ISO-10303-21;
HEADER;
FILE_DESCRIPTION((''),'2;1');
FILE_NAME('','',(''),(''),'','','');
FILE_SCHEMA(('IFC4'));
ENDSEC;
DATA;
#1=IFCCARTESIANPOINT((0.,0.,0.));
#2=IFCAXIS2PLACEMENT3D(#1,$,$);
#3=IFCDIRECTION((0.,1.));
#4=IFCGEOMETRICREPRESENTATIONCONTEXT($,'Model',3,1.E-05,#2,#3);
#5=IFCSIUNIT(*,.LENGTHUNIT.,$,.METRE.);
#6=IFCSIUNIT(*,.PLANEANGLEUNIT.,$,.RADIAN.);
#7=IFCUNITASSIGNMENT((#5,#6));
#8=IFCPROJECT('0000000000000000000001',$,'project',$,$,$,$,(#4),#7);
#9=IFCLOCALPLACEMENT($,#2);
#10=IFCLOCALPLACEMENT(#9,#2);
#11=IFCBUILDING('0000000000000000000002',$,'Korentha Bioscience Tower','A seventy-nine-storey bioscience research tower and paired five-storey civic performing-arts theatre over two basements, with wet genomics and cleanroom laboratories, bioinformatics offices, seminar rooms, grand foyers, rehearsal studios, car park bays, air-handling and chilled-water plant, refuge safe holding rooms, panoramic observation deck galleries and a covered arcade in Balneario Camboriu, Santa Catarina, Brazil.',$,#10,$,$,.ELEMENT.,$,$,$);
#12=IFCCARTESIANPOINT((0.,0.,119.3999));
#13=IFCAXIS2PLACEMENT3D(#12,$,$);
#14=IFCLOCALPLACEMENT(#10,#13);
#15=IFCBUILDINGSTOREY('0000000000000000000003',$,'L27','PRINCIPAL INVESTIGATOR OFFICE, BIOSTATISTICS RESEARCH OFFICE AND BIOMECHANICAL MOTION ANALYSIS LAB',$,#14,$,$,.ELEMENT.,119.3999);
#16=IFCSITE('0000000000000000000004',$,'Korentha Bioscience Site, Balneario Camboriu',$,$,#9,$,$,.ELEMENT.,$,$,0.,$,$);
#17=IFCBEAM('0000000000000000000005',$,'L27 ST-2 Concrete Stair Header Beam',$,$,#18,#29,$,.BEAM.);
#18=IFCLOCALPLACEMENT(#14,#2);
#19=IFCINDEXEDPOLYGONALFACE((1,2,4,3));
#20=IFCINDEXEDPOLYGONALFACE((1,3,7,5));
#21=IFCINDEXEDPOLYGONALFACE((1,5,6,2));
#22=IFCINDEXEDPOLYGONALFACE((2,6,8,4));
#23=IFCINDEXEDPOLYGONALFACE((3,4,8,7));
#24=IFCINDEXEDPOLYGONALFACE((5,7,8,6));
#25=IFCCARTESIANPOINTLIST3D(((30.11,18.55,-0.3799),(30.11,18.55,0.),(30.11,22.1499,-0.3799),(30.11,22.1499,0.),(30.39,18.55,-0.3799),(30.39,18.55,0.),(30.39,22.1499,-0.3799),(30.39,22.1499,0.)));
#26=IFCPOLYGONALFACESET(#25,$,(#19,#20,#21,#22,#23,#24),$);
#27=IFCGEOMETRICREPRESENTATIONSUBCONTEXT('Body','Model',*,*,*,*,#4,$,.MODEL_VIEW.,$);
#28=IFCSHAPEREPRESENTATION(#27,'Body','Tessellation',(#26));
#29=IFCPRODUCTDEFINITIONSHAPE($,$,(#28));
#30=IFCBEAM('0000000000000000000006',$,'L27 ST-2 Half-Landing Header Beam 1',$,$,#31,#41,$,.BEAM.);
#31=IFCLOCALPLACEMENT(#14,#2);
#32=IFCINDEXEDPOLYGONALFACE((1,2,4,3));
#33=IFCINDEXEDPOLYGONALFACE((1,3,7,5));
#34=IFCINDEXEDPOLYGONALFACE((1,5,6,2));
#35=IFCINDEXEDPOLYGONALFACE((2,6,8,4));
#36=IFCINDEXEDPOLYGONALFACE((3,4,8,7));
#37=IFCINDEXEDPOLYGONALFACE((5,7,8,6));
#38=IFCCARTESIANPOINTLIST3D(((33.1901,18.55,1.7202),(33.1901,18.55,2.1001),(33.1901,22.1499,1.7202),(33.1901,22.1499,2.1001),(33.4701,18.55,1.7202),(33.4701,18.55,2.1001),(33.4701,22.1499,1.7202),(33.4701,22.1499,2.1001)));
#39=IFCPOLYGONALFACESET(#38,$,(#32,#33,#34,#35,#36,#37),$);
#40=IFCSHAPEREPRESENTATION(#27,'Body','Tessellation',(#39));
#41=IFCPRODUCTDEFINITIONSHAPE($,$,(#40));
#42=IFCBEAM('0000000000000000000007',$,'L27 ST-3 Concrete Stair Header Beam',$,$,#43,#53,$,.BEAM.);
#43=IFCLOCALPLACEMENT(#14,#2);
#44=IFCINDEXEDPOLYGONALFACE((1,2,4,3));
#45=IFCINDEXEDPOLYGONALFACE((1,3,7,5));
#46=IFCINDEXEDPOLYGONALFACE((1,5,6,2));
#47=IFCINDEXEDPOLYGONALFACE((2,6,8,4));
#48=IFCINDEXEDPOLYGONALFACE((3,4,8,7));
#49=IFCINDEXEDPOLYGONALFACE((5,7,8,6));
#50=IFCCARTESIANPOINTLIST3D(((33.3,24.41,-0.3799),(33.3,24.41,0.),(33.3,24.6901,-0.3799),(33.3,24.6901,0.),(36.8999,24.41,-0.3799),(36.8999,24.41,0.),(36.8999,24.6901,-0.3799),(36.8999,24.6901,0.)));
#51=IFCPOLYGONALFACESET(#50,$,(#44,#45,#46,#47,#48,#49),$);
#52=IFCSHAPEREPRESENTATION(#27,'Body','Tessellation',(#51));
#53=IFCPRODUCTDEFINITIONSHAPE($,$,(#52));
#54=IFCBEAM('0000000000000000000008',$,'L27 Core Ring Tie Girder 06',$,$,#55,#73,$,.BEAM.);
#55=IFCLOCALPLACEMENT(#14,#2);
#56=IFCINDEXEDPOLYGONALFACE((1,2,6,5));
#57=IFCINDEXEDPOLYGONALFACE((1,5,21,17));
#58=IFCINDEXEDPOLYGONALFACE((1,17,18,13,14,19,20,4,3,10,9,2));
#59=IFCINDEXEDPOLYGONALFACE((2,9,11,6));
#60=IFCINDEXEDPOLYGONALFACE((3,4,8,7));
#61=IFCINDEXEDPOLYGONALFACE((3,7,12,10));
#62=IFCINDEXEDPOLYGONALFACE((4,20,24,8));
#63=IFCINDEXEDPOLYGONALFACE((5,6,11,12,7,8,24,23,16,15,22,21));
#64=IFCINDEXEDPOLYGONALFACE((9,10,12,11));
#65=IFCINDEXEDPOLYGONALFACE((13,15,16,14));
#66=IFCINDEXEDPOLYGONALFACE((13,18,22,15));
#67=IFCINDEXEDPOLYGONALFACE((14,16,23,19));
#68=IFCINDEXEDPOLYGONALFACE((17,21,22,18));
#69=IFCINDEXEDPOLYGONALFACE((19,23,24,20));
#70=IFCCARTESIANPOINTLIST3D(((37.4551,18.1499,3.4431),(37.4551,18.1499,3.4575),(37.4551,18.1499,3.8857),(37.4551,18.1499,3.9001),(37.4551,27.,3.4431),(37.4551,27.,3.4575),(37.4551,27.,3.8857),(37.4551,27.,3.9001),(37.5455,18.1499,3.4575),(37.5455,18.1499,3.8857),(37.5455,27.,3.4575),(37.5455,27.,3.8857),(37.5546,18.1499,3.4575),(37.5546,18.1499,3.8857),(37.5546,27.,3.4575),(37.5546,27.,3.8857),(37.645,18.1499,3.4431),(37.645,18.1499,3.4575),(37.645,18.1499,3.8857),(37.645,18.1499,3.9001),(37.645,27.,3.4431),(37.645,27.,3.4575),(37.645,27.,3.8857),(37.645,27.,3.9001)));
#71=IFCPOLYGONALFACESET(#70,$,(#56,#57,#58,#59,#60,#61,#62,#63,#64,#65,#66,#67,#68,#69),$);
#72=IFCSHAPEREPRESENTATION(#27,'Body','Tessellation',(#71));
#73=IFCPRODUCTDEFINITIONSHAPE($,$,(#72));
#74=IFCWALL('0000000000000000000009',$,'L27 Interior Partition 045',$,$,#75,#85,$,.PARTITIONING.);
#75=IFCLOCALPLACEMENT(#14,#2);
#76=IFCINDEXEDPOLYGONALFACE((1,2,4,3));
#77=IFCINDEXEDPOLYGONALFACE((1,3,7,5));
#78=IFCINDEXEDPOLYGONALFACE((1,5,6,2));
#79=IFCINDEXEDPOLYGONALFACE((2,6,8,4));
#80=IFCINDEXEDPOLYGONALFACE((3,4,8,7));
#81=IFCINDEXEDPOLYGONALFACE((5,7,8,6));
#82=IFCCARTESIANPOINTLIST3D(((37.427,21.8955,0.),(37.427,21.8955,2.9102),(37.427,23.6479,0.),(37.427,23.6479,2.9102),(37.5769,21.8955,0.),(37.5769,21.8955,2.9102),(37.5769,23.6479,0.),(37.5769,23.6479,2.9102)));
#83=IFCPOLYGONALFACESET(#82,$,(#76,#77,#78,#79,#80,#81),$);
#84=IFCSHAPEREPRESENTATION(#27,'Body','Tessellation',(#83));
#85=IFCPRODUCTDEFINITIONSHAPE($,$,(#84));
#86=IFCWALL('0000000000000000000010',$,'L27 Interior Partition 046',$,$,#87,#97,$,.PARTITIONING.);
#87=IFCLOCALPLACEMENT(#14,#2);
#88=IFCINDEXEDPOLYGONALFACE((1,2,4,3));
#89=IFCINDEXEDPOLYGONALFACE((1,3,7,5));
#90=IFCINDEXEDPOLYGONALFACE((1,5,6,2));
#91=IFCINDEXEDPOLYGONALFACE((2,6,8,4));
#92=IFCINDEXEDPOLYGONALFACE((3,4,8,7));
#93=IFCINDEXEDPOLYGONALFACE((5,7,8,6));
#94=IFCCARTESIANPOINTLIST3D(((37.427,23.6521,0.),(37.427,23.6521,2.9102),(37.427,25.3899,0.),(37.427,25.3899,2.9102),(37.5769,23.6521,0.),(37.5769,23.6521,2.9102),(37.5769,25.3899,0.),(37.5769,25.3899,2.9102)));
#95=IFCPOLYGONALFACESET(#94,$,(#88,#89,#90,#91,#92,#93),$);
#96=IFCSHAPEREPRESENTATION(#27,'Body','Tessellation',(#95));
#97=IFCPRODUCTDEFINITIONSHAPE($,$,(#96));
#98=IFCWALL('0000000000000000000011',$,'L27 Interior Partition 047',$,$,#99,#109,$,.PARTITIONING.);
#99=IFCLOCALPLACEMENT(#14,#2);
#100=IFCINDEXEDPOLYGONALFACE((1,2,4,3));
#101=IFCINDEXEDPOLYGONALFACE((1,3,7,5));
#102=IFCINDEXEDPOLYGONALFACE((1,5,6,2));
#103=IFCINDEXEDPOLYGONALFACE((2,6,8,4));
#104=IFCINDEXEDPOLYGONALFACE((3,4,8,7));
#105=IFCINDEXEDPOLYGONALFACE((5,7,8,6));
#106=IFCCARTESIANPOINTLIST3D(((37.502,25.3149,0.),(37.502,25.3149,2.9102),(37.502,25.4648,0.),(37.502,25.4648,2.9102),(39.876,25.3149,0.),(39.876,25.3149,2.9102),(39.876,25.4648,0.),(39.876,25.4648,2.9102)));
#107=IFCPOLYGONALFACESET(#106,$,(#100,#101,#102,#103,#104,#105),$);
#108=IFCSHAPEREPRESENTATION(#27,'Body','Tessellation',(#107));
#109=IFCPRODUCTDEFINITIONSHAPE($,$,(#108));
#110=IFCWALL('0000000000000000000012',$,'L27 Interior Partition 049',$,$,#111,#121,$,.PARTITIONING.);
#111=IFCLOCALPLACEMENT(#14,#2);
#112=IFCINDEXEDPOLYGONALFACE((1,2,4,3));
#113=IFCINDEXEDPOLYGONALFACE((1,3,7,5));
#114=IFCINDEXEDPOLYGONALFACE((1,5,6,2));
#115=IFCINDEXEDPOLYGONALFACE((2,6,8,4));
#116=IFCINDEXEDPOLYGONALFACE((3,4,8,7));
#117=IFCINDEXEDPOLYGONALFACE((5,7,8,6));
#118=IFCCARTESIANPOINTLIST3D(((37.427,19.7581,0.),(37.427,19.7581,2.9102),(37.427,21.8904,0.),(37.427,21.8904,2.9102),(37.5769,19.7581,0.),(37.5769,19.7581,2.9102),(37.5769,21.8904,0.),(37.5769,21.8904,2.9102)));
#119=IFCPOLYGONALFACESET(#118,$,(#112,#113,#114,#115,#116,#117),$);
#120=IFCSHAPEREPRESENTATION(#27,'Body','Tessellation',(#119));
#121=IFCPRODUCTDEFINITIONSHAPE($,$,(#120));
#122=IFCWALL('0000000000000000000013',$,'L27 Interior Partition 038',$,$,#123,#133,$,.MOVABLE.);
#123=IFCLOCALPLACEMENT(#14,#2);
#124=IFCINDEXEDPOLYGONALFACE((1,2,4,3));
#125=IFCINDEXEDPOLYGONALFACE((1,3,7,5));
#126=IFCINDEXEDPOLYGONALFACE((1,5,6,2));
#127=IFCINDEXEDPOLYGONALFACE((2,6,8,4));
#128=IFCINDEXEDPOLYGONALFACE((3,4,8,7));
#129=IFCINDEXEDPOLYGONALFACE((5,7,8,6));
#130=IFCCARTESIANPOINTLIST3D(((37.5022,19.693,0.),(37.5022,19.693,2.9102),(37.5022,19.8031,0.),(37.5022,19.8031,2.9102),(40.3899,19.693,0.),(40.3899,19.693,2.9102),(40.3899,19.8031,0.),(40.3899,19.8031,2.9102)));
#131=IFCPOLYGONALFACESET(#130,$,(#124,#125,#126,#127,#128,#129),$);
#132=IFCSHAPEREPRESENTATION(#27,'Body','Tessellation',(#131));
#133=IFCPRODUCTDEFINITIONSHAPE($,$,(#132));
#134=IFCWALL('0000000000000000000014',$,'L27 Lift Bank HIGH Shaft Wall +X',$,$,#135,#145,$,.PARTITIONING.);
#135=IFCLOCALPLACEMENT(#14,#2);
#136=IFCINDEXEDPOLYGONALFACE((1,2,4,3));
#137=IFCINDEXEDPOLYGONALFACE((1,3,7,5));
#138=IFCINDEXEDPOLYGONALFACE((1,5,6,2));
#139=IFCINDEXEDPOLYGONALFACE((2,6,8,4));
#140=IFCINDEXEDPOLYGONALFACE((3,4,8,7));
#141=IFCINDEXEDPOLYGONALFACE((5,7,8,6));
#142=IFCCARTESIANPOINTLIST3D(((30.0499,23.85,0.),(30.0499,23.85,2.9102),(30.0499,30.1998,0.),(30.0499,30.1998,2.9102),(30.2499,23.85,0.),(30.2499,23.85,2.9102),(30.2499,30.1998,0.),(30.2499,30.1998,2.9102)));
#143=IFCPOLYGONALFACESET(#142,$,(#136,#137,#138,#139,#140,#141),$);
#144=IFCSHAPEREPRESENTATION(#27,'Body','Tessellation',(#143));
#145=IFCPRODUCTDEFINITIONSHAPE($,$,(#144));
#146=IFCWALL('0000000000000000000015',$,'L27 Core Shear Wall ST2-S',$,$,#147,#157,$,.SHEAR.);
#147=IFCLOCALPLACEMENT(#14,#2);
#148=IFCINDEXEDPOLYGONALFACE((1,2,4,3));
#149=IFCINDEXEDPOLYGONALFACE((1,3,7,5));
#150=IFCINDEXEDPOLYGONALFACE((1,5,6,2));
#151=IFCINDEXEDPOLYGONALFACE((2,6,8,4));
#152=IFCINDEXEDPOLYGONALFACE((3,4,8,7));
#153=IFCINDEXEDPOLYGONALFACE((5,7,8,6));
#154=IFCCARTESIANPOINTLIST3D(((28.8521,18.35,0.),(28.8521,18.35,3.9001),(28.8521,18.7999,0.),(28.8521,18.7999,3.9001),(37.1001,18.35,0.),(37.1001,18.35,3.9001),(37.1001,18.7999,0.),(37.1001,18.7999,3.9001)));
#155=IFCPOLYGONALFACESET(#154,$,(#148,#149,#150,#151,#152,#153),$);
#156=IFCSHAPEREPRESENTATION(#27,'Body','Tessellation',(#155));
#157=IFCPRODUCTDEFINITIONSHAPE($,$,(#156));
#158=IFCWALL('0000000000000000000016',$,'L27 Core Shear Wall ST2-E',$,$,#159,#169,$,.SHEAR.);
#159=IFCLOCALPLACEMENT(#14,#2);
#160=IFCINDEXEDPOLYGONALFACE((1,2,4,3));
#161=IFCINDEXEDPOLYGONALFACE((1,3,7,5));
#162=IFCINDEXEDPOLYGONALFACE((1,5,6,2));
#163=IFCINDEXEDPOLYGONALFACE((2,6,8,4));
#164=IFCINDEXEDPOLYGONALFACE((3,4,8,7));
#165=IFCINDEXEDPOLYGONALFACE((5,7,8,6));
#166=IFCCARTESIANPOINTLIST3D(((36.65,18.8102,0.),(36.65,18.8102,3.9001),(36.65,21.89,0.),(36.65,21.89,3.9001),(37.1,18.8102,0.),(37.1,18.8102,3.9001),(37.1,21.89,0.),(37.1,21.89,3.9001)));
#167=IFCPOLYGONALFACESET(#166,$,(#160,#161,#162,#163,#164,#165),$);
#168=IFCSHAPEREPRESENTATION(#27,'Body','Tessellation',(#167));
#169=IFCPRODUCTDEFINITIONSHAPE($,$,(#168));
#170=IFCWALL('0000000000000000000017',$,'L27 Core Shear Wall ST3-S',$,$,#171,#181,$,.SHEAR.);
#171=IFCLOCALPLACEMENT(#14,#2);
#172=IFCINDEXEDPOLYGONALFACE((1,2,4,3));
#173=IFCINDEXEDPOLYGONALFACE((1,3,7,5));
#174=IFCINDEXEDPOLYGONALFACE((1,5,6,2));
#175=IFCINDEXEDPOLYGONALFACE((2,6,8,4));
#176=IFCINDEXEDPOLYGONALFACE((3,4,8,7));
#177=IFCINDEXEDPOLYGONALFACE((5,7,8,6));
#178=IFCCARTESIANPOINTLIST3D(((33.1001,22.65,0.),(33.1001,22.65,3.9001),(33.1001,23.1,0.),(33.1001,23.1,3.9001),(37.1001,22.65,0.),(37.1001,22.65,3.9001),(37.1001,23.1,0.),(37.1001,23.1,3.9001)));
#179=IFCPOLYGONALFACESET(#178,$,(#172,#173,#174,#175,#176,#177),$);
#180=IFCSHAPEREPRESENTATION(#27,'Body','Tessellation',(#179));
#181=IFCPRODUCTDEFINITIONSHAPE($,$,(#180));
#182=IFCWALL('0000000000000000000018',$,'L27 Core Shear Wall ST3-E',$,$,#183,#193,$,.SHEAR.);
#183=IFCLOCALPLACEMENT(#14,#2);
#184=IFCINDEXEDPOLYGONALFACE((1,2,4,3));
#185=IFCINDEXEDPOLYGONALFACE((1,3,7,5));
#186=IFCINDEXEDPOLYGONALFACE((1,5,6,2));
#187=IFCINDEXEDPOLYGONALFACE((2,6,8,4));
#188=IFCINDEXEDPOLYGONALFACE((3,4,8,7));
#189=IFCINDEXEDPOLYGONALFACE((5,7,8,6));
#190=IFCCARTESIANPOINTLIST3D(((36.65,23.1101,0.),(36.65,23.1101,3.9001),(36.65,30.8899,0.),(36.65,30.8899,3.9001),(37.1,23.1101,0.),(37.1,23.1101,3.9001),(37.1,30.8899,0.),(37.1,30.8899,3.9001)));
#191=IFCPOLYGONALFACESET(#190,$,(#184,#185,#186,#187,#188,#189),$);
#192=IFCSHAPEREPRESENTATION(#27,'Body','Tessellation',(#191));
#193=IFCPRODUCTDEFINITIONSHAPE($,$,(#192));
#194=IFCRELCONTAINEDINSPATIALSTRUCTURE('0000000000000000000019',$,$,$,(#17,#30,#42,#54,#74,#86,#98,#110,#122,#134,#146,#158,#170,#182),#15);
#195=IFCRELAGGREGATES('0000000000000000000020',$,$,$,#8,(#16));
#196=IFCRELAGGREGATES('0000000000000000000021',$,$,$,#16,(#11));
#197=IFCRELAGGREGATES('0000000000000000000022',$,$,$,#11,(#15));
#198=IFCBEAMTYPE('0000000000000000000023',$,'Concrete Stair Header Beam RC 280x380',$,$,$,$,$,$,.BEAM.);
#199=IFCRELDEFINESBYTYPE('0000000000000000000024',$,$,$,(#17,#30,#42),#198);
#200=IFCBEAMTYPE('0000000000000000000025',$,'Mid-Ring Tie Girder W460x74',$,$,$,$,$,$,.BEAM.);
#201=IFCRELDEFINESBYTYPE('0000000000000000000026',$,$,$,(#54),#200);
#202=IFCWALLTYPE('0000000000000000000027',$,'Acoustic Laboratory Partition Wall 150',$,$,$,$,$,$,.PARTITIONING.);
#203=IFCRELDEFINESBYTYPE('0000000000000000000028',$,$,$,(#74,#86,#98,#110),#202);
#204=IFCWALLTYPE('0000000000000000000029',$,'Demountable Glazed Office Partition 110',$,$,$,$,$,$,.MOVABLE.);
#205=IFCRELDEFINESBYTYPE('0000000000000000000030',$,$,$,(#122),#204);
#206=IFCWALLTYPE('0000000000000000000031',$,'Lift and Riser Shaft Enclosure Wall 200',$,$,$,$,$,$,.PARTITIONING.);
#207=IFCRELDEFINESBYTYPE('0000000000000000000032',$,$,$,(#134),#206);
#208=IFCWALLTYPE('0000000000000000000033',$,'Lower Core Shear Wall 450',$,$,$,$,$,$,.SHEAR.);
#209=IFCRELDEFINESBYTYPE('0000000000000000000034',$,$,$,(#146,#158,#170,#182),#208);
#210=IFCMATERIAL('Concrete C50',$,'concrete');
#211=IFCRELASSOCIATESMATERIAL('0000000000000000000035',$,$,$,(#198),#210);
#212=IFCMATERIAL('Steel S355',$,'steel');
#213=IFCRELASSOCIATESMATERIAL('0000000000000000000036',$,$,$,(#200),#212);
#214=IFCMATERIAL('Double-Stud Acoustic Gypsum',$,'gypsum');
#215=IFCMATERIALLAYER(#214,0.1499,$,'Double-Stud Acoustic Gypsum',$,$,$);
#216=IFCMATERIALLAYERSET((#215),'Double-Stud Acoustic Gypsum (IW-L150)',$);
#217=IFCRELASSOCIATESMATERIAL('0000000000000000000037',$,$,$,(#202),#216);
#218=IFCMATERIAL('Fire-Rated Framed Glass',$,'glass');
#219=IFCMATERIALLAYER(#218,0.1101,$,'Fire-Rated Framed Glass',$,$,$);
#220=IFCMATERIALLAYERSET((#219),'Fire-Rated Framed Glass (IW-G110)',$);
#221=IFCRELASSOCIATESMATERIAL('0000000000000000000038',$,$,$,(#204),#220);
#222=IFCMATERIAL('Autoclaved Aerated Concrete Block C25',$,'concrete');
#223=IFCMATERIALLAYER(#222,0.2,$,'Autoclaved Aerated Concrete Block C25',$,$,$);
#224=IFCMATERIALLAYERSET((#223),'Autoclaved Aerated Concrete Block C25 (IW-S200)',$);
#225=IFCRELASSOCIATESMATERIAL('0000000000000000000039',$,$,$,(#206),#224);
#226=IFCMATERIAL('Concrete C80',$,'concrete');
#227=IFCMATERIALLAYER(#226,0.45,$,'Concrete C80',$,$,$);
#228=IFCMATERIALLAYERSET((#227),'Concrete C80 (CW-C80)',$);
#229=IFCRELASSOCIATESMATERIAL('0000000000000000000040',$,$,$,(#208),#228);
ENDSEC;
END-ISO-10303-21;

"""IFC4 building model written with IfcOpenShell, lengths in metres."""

from ifc_helpers import new_model, si_unit, direction, frame, frame_2d, origin, origin_2d, place, context, subcontext, project, spatial, rectangle, i_section, extrude, material, layer, layer_set, material_profile, profile_set, type_object, element, save


model = new_model("IFC4")

# Units and contexts
model_context = context("Model", 3, precision=1e-05, world=origin(), true_north=direction((0.0, 1.0)))
body_context = subcontext(model_context, "Body", "Model", "MODEL_VIEW")
ifc_project = project(units=[si_unit("LENGTHUNIT", "METRE"), si_unit("PLANEANGLEUNIT", "RADIAN")], contexts=[model_context])

# Site, building, storey
site_placement = place(None, origin())
site = spatial("IfcSite", under=ifc_project, at=site_placement, Name="Korentha Bioscience Site, Balneario Camboriu", CompositionType="ELEMENT", RefElevation=0.0)
building_placement = place(site_placement, origin())
building = spatial("IfcBuilding", under=site, at=building_placement, Name="Korentha Bioscience Tower", Description="A seventy-nine-storey bioscience research tower and paired five-storey civic performing-arts theatre over two basements, with wet genomics and cleanroom laboratories, bioinformatics offices, seminar rooms, grand foyers, rehearsal studios, car park bays, air-handling and chilled-water plant, refuge safe holding rooms, panoramic observation deck galleries and a covered arcade in Balneario Camboriu, Santa Catarina, Brazil.", CompositionType="ELEMENT")
storey_placement = place(building_placement, frame((0.0, 0.0, 119.3999)))
storey = spatial("IfcBuildingStorey", under=building, at=storey_placement, Name="L27", Description="PRINCIPAL INVESTIGATOR OFFICE, BIOSTATISTICS RESEARCH OFFICE AND BIOMECHANICAL MOTION ANALYSIS LAB", CompositionType="ELEMENT", Elevation=119.3999)

# Beams
ifc_material_1 = material(Name="Concrete C50", Category="concrete")
ifc_material_profile_1 = material_profile(ifc_material_1, rectangle(XDim=0.28, YDim=0.3799, at=origin_2d()), Name="Concrete C50")
ifc_profile_set_1 = profile_set([ifc_material_profile_1], Name="Concrete C50 (ST-HB380)")
beam_type_1 = type_object("IfcBeamType", Name="Concrete Stair Header Beam RC 280x380", PredefinedType="BEAM", material=ifc_profile_set_1)
for number, where, z_axis, x_axis, name in (
    (1, (30.25, 18.55, -0.1899), (0.0, 1.0, 0.0), (-1.0, 0.0, 0.0), "L27 ST-2 Concrete Stair Header Beam"),
    (2, (33.3301, 18.55, 1.9102), (0.0, 1.0, 0.0), (-1.0, 0.0, 0.0), "L27 ST-2 Half-Landing Header Beam 1"),
    (3, (36.8999, 24.55, -0.1899), (-1.0, 0.0, 0.0), (0.0, -1.0, 0.0), "L27 ST-3 Concrete Stair Header Beam"),
):
    element("IfcBeam", number, at=place(storey_placement, frame(where, z_axis=z_axis, x_axis=x_axis)), inside=storey, type_object=beam_type_1, Name=name, PredefinedType="BEAM", context=body_context, shape_type="SweptSolid", body=[
        extrude(rectangle(XDim=0.28, YDim=0.3799, at=origin_2d()), origin(), (0.0, 0.0, 1.0), 3.5999),
    ])
ifc_material_2 = material(Name="Steel S355", Category="steel")
ifc_material_profile_2 = material_profile(ifc_material_2, i_section(OverallWidth=0.1899, OverallDepth=0.457, WebThickness=0.009, FlangeThickness=0.0144, at=origin_2d()), Name="Steel S355")
ifc_profile_set_2 = profile_set([ifc_material_profile_2], Name="Steel S355 (MB-460)")
beam_type_2 = type_object("IfcBeamType", Name="Mid-Ring Tie Girder W460x74", PredefinedType="BEAM", material=ifc_profile_set_2)
beam_placement = place(storey_placement, frame((37.55, 18.1499, 3.6716), z_axis=(0.0, 1.0, 0.0), x_axis=(-1.0, 0.0, 0.0)))
element("IfcBeam", 4, at=beam_placement, inside=storey, type_object=beam_type_2, Name="L27 Core Ring Tie Girder 06", PredefinedType="BEAM", context=body_context, shape_type="SweptSolid", body=[
    extrude(i_section(OverallWidth=0.1899, OverallDepth=0.457, WebThickness=0.009, FlangeThickness=0.0144, at=origin_2d()), origin(), (0.0, 0.0, 1.0), 8.8501),
])

# Walls
ifc_material_3 = material(Name="Double-Stud Acoustic Gypsum", Category="gypsum")
ifc_layer_1 = layer(ifc_material_3, 0.1499, Name="Double-Stud Acoustic Gypsum")
ifc_layer_set_1 = layer_set([ifc_layer_1], Name="Double-Stud Acoustic Gypsum (IW-L150)")
wall_type_1 = type_object("IfcWallType", Name="Acoustic Laboratory Partition Wall 150", PredefinedType="PARTITIONING", material=ifc_layer_set_1)
wall_1_placement = place(storey_placement, frame((37.502, 21.8955, 0.0), z_axis=(0.0, 0.0, 1.0), x_axis=(0.0, 1.0, 0.0)))
element("IfcWall", 5, at=wall_1_placement, inside=storey, type_object=wall_type_1, Name="L27 Interior Partition 045", PredefinedType="PARTITIONING", context=body_context, shape_type="SweptSolid", body=[
    extrude(rectangle(XDim=1.7524, YDim=0.1499, at=frame_2d((0.8762, 0.0))), origin(), (0.0, 0.0, 1.0), 2.9102),
])
wall_2_placement = place(storey_placement, frame((37.502, 23.6521, 0.0), z_axis=(0.0, 0.0, 1.0), x_axis=(0.0, 1.0, 0.0)))
element("IfcWall", 6, at=wall_2_placement, inside=storey, type_object=wall_type_1, Name="L27 Interior Partition 046", PredefinedType="PARTITIONING", context=body_context, shape_type="SweptSolid", body=[
    extrude(rectangle(XDim=1.7378, YDim=0.1499, at=frame_2d((0.8689, 0.0))), origin(), (0.0, 0.0, 1.0), 2.9102),
])
wall_3_placement = place(storey_placement, frame((37.502, 25.3899, 0.0), z_axis=(0.0, 0.0, 1.0), x_axis=(1.0, 0.0, 0.0)))
element("IfcWall", 7, at=wall_3_placement, inside=storey, type_object=wall_type_1, Name="L27 Interior Partition 047", PredefinedType="PARTITIONING", context=body_context, shape_type="SweptSolid", body=[
    extrude(rectangle(XDim=2.374, YDim=0.1499, at=frame_2d((1.187, 0.0))), origin(), (0.0, 0.0, 1.0), 2.9102),
])
wall_4_placement = place(storey_placement, frame((37.502, 19.7581, 0.0), z_axis=(0.0, 0.0, 1.0), x_axis=(0.0, 1.0, 0.0)))
element("IfcWall", 8, at=wall_4_placement, inside=storey, type_object=wall_type_1, Name="L27 Interior Partition 049", PredefinedType="PARTITIONING", context=body_context, shape_type="SweptSolid", body=[
    extrude(rectangle(XDim=2.1323, YDim=0.1499, at=frame_2d((1.0662, 0.0))), origin(), (0.0, 0.0, 1.0), 2.9102),
])
ifc_material_4 = material(Name="Fire-Rated Framed Glass", Category="glass")
ifc_layer_2 = layer(ifc_material_4, 0.1101, Name="Fire-Rated Framed Glass")
ifc_layer_set_2 = layer_set([ifc_layer_2], Name="Fire-Rated Framed Glass (IW-G110)")
wall_type_2 = type_object("IfcWallType", Name="Demountable Glazed Office Partition 110", PredefinedType="MOVABLE", material=ifc_layer_set_2)
wall_5_placement = place(storey_placement, frame((37.5022, 19.748, 0.0), z_axis=(0.0, 0.0, 1.0), x_axis=(1.0, 0.0, 0.0)))
element("IfcWall", 9, at=wall_5_placement, inside=storey, type_object=wall_type_2, Name="L27 Interior Partition 038", PredefinedType="MOVABLE", context=body_context, shape_type="SweptSolid", body=[
    extrude(rectangle(XDim=2.8877, YDim=0.1101, at=frame_2d((1.4438, 0.0))), origin(), (0.0, 0.0, 1.0), 2.9102),
])
ifc_material_5 = material(Name="Autoclaved Aerated Concrete Block C25", Category="concrete")
ifc_layer_3 = layer(ifc_material_5, 0.2, Name="Autoclaved Aerated Concrete Block C25")
ifc_layer_set_3 = layer_set([ifc_layer_3], Name="Autoclaved Aerated Concrete Block C25 (IW-S200)")
wall_type_3 = type_object("IfcWallType", Name="Lift and Riser Shaft Enclosure Wall 200", PredefinedType="PARTITIONING", material=ifc_layer_set_3)
wall_6_placement = place(storey_placement, frame((30.1499, 23.8501, 0.0), z_axis=(0.0, 0.0, 1.0), x_axis=(0.0, 1.0, 0.0)))
element("IfcWall", 10, at=wall_6_placement, inside=storey, type_object=wall_type_3, Name="L27 Lift Bank HIGH Shaft Wall +X", PredefinedType="PARTITIONING", context=body_context, shape_type="SweptSolid", body=[
    extrude(rectangle(XDim=6.3499, YDim=0.2, at=frame_2d((3.1748, 0.0))), origin(), (0.0, 0.0, 1.0), 2.9102),
])
ifc_material_6 = material(Name="Concrete C80", Category="concrete")
ifc_layer_4 = layer(ifc_material_6, 0.45, Name="Concrete C80")
ifc_layer_set_4 = layer_set([ifc_layer_4], Name="Concrete C80 (CW-C80)")
wall_type_4 = type_object("IfcWallType", Name="Lower Core Shear Wall 450", PredefinedType="SHEAR", material=ifc_layer_set_4)
wall_7_placement = place(storey_placement, frame((28.8521, 18.575, 0.0), z_axis=(0.0, 0.0, 1.0), x_axis=(1.0, 0.0, 0.0)))
element("IfcWall", 11, at=wall_7_placement, inside=storey, type_object=wall_type_4, Name="L27 Core Shear Wall ST2-S", PredefinedType="SHEAR", context=body_context, shape_type="SweptSolid", body=[
    extrude(rectangle(XDim=8.248, YDim=0.45, at=frame_2d((4.124, 0.0))), origin(), (0.0, 0.0, 1.0), 3.9001),
])
wall_8_placement = place(storey_placement, frame((36.875, 18.8101, 0.0), z_axis=(0.0, 0.0, 1.0), x_axis=(0.0, 1.0, 0.0)))
element("IfcWall", 12, at=wall_8_placement, inside=storey, type_object=wall_type_4, Name="L27 Core Shear Wall ST2-E", PredefinedType="SHEAR", context=body_context, shape_type="SweptSolid", body=[
    extrude(rectangle(XDim=3.0798, YDim=0.45, at=frame_2d((1.54, 0.0))), origin(), (0.0, 0.0, 1.0), 3.9001),
])
wall_9_placement = place(storey_placement, frame((33.1001, 22.875, 0.0), z_axis=(0.0, 0.0, 1.0), x_axis=(1.0, 0.0, 0.0)))
element("IfcWall", 13, at=wall_9_placement, inside=storey, type_object=wall_type_4, Name="L27 Core Shear Wall ST3-S", PredefinedType="SHEAR", context=body_context, shape_type="SweptSolid", body=[
    extrude(rectangle(XDim=4.0, YDim=0.45, at=frame_2d((2.0, 0.0))), origin(), (0.0, 0.0, 1.0), 3.9001),
])
wall_10_placement = place(storey_placement, frame((36.875, 23.1101, 0.0), z_axis=(0.0, 0.0, 1.0), x_axis=(0.0, 1.0, 0.0)))
element("IfcWall", 14, at=wall_10_placement, inside=storey, type_object=wall_type_4, Name="L27 Core Shear Wall ST3-E", PredefinedType="SHEAR", context=body_context, shape_type="SweptSolid", body=[
    extrude(rectangle(XDim=7.7798, YDim=0.45, at=frame_2d((3.8899, 0.0))), origin(), (0.0, 0.0, 1.0), 3.9001),
])

save(model, "model.ifc")
